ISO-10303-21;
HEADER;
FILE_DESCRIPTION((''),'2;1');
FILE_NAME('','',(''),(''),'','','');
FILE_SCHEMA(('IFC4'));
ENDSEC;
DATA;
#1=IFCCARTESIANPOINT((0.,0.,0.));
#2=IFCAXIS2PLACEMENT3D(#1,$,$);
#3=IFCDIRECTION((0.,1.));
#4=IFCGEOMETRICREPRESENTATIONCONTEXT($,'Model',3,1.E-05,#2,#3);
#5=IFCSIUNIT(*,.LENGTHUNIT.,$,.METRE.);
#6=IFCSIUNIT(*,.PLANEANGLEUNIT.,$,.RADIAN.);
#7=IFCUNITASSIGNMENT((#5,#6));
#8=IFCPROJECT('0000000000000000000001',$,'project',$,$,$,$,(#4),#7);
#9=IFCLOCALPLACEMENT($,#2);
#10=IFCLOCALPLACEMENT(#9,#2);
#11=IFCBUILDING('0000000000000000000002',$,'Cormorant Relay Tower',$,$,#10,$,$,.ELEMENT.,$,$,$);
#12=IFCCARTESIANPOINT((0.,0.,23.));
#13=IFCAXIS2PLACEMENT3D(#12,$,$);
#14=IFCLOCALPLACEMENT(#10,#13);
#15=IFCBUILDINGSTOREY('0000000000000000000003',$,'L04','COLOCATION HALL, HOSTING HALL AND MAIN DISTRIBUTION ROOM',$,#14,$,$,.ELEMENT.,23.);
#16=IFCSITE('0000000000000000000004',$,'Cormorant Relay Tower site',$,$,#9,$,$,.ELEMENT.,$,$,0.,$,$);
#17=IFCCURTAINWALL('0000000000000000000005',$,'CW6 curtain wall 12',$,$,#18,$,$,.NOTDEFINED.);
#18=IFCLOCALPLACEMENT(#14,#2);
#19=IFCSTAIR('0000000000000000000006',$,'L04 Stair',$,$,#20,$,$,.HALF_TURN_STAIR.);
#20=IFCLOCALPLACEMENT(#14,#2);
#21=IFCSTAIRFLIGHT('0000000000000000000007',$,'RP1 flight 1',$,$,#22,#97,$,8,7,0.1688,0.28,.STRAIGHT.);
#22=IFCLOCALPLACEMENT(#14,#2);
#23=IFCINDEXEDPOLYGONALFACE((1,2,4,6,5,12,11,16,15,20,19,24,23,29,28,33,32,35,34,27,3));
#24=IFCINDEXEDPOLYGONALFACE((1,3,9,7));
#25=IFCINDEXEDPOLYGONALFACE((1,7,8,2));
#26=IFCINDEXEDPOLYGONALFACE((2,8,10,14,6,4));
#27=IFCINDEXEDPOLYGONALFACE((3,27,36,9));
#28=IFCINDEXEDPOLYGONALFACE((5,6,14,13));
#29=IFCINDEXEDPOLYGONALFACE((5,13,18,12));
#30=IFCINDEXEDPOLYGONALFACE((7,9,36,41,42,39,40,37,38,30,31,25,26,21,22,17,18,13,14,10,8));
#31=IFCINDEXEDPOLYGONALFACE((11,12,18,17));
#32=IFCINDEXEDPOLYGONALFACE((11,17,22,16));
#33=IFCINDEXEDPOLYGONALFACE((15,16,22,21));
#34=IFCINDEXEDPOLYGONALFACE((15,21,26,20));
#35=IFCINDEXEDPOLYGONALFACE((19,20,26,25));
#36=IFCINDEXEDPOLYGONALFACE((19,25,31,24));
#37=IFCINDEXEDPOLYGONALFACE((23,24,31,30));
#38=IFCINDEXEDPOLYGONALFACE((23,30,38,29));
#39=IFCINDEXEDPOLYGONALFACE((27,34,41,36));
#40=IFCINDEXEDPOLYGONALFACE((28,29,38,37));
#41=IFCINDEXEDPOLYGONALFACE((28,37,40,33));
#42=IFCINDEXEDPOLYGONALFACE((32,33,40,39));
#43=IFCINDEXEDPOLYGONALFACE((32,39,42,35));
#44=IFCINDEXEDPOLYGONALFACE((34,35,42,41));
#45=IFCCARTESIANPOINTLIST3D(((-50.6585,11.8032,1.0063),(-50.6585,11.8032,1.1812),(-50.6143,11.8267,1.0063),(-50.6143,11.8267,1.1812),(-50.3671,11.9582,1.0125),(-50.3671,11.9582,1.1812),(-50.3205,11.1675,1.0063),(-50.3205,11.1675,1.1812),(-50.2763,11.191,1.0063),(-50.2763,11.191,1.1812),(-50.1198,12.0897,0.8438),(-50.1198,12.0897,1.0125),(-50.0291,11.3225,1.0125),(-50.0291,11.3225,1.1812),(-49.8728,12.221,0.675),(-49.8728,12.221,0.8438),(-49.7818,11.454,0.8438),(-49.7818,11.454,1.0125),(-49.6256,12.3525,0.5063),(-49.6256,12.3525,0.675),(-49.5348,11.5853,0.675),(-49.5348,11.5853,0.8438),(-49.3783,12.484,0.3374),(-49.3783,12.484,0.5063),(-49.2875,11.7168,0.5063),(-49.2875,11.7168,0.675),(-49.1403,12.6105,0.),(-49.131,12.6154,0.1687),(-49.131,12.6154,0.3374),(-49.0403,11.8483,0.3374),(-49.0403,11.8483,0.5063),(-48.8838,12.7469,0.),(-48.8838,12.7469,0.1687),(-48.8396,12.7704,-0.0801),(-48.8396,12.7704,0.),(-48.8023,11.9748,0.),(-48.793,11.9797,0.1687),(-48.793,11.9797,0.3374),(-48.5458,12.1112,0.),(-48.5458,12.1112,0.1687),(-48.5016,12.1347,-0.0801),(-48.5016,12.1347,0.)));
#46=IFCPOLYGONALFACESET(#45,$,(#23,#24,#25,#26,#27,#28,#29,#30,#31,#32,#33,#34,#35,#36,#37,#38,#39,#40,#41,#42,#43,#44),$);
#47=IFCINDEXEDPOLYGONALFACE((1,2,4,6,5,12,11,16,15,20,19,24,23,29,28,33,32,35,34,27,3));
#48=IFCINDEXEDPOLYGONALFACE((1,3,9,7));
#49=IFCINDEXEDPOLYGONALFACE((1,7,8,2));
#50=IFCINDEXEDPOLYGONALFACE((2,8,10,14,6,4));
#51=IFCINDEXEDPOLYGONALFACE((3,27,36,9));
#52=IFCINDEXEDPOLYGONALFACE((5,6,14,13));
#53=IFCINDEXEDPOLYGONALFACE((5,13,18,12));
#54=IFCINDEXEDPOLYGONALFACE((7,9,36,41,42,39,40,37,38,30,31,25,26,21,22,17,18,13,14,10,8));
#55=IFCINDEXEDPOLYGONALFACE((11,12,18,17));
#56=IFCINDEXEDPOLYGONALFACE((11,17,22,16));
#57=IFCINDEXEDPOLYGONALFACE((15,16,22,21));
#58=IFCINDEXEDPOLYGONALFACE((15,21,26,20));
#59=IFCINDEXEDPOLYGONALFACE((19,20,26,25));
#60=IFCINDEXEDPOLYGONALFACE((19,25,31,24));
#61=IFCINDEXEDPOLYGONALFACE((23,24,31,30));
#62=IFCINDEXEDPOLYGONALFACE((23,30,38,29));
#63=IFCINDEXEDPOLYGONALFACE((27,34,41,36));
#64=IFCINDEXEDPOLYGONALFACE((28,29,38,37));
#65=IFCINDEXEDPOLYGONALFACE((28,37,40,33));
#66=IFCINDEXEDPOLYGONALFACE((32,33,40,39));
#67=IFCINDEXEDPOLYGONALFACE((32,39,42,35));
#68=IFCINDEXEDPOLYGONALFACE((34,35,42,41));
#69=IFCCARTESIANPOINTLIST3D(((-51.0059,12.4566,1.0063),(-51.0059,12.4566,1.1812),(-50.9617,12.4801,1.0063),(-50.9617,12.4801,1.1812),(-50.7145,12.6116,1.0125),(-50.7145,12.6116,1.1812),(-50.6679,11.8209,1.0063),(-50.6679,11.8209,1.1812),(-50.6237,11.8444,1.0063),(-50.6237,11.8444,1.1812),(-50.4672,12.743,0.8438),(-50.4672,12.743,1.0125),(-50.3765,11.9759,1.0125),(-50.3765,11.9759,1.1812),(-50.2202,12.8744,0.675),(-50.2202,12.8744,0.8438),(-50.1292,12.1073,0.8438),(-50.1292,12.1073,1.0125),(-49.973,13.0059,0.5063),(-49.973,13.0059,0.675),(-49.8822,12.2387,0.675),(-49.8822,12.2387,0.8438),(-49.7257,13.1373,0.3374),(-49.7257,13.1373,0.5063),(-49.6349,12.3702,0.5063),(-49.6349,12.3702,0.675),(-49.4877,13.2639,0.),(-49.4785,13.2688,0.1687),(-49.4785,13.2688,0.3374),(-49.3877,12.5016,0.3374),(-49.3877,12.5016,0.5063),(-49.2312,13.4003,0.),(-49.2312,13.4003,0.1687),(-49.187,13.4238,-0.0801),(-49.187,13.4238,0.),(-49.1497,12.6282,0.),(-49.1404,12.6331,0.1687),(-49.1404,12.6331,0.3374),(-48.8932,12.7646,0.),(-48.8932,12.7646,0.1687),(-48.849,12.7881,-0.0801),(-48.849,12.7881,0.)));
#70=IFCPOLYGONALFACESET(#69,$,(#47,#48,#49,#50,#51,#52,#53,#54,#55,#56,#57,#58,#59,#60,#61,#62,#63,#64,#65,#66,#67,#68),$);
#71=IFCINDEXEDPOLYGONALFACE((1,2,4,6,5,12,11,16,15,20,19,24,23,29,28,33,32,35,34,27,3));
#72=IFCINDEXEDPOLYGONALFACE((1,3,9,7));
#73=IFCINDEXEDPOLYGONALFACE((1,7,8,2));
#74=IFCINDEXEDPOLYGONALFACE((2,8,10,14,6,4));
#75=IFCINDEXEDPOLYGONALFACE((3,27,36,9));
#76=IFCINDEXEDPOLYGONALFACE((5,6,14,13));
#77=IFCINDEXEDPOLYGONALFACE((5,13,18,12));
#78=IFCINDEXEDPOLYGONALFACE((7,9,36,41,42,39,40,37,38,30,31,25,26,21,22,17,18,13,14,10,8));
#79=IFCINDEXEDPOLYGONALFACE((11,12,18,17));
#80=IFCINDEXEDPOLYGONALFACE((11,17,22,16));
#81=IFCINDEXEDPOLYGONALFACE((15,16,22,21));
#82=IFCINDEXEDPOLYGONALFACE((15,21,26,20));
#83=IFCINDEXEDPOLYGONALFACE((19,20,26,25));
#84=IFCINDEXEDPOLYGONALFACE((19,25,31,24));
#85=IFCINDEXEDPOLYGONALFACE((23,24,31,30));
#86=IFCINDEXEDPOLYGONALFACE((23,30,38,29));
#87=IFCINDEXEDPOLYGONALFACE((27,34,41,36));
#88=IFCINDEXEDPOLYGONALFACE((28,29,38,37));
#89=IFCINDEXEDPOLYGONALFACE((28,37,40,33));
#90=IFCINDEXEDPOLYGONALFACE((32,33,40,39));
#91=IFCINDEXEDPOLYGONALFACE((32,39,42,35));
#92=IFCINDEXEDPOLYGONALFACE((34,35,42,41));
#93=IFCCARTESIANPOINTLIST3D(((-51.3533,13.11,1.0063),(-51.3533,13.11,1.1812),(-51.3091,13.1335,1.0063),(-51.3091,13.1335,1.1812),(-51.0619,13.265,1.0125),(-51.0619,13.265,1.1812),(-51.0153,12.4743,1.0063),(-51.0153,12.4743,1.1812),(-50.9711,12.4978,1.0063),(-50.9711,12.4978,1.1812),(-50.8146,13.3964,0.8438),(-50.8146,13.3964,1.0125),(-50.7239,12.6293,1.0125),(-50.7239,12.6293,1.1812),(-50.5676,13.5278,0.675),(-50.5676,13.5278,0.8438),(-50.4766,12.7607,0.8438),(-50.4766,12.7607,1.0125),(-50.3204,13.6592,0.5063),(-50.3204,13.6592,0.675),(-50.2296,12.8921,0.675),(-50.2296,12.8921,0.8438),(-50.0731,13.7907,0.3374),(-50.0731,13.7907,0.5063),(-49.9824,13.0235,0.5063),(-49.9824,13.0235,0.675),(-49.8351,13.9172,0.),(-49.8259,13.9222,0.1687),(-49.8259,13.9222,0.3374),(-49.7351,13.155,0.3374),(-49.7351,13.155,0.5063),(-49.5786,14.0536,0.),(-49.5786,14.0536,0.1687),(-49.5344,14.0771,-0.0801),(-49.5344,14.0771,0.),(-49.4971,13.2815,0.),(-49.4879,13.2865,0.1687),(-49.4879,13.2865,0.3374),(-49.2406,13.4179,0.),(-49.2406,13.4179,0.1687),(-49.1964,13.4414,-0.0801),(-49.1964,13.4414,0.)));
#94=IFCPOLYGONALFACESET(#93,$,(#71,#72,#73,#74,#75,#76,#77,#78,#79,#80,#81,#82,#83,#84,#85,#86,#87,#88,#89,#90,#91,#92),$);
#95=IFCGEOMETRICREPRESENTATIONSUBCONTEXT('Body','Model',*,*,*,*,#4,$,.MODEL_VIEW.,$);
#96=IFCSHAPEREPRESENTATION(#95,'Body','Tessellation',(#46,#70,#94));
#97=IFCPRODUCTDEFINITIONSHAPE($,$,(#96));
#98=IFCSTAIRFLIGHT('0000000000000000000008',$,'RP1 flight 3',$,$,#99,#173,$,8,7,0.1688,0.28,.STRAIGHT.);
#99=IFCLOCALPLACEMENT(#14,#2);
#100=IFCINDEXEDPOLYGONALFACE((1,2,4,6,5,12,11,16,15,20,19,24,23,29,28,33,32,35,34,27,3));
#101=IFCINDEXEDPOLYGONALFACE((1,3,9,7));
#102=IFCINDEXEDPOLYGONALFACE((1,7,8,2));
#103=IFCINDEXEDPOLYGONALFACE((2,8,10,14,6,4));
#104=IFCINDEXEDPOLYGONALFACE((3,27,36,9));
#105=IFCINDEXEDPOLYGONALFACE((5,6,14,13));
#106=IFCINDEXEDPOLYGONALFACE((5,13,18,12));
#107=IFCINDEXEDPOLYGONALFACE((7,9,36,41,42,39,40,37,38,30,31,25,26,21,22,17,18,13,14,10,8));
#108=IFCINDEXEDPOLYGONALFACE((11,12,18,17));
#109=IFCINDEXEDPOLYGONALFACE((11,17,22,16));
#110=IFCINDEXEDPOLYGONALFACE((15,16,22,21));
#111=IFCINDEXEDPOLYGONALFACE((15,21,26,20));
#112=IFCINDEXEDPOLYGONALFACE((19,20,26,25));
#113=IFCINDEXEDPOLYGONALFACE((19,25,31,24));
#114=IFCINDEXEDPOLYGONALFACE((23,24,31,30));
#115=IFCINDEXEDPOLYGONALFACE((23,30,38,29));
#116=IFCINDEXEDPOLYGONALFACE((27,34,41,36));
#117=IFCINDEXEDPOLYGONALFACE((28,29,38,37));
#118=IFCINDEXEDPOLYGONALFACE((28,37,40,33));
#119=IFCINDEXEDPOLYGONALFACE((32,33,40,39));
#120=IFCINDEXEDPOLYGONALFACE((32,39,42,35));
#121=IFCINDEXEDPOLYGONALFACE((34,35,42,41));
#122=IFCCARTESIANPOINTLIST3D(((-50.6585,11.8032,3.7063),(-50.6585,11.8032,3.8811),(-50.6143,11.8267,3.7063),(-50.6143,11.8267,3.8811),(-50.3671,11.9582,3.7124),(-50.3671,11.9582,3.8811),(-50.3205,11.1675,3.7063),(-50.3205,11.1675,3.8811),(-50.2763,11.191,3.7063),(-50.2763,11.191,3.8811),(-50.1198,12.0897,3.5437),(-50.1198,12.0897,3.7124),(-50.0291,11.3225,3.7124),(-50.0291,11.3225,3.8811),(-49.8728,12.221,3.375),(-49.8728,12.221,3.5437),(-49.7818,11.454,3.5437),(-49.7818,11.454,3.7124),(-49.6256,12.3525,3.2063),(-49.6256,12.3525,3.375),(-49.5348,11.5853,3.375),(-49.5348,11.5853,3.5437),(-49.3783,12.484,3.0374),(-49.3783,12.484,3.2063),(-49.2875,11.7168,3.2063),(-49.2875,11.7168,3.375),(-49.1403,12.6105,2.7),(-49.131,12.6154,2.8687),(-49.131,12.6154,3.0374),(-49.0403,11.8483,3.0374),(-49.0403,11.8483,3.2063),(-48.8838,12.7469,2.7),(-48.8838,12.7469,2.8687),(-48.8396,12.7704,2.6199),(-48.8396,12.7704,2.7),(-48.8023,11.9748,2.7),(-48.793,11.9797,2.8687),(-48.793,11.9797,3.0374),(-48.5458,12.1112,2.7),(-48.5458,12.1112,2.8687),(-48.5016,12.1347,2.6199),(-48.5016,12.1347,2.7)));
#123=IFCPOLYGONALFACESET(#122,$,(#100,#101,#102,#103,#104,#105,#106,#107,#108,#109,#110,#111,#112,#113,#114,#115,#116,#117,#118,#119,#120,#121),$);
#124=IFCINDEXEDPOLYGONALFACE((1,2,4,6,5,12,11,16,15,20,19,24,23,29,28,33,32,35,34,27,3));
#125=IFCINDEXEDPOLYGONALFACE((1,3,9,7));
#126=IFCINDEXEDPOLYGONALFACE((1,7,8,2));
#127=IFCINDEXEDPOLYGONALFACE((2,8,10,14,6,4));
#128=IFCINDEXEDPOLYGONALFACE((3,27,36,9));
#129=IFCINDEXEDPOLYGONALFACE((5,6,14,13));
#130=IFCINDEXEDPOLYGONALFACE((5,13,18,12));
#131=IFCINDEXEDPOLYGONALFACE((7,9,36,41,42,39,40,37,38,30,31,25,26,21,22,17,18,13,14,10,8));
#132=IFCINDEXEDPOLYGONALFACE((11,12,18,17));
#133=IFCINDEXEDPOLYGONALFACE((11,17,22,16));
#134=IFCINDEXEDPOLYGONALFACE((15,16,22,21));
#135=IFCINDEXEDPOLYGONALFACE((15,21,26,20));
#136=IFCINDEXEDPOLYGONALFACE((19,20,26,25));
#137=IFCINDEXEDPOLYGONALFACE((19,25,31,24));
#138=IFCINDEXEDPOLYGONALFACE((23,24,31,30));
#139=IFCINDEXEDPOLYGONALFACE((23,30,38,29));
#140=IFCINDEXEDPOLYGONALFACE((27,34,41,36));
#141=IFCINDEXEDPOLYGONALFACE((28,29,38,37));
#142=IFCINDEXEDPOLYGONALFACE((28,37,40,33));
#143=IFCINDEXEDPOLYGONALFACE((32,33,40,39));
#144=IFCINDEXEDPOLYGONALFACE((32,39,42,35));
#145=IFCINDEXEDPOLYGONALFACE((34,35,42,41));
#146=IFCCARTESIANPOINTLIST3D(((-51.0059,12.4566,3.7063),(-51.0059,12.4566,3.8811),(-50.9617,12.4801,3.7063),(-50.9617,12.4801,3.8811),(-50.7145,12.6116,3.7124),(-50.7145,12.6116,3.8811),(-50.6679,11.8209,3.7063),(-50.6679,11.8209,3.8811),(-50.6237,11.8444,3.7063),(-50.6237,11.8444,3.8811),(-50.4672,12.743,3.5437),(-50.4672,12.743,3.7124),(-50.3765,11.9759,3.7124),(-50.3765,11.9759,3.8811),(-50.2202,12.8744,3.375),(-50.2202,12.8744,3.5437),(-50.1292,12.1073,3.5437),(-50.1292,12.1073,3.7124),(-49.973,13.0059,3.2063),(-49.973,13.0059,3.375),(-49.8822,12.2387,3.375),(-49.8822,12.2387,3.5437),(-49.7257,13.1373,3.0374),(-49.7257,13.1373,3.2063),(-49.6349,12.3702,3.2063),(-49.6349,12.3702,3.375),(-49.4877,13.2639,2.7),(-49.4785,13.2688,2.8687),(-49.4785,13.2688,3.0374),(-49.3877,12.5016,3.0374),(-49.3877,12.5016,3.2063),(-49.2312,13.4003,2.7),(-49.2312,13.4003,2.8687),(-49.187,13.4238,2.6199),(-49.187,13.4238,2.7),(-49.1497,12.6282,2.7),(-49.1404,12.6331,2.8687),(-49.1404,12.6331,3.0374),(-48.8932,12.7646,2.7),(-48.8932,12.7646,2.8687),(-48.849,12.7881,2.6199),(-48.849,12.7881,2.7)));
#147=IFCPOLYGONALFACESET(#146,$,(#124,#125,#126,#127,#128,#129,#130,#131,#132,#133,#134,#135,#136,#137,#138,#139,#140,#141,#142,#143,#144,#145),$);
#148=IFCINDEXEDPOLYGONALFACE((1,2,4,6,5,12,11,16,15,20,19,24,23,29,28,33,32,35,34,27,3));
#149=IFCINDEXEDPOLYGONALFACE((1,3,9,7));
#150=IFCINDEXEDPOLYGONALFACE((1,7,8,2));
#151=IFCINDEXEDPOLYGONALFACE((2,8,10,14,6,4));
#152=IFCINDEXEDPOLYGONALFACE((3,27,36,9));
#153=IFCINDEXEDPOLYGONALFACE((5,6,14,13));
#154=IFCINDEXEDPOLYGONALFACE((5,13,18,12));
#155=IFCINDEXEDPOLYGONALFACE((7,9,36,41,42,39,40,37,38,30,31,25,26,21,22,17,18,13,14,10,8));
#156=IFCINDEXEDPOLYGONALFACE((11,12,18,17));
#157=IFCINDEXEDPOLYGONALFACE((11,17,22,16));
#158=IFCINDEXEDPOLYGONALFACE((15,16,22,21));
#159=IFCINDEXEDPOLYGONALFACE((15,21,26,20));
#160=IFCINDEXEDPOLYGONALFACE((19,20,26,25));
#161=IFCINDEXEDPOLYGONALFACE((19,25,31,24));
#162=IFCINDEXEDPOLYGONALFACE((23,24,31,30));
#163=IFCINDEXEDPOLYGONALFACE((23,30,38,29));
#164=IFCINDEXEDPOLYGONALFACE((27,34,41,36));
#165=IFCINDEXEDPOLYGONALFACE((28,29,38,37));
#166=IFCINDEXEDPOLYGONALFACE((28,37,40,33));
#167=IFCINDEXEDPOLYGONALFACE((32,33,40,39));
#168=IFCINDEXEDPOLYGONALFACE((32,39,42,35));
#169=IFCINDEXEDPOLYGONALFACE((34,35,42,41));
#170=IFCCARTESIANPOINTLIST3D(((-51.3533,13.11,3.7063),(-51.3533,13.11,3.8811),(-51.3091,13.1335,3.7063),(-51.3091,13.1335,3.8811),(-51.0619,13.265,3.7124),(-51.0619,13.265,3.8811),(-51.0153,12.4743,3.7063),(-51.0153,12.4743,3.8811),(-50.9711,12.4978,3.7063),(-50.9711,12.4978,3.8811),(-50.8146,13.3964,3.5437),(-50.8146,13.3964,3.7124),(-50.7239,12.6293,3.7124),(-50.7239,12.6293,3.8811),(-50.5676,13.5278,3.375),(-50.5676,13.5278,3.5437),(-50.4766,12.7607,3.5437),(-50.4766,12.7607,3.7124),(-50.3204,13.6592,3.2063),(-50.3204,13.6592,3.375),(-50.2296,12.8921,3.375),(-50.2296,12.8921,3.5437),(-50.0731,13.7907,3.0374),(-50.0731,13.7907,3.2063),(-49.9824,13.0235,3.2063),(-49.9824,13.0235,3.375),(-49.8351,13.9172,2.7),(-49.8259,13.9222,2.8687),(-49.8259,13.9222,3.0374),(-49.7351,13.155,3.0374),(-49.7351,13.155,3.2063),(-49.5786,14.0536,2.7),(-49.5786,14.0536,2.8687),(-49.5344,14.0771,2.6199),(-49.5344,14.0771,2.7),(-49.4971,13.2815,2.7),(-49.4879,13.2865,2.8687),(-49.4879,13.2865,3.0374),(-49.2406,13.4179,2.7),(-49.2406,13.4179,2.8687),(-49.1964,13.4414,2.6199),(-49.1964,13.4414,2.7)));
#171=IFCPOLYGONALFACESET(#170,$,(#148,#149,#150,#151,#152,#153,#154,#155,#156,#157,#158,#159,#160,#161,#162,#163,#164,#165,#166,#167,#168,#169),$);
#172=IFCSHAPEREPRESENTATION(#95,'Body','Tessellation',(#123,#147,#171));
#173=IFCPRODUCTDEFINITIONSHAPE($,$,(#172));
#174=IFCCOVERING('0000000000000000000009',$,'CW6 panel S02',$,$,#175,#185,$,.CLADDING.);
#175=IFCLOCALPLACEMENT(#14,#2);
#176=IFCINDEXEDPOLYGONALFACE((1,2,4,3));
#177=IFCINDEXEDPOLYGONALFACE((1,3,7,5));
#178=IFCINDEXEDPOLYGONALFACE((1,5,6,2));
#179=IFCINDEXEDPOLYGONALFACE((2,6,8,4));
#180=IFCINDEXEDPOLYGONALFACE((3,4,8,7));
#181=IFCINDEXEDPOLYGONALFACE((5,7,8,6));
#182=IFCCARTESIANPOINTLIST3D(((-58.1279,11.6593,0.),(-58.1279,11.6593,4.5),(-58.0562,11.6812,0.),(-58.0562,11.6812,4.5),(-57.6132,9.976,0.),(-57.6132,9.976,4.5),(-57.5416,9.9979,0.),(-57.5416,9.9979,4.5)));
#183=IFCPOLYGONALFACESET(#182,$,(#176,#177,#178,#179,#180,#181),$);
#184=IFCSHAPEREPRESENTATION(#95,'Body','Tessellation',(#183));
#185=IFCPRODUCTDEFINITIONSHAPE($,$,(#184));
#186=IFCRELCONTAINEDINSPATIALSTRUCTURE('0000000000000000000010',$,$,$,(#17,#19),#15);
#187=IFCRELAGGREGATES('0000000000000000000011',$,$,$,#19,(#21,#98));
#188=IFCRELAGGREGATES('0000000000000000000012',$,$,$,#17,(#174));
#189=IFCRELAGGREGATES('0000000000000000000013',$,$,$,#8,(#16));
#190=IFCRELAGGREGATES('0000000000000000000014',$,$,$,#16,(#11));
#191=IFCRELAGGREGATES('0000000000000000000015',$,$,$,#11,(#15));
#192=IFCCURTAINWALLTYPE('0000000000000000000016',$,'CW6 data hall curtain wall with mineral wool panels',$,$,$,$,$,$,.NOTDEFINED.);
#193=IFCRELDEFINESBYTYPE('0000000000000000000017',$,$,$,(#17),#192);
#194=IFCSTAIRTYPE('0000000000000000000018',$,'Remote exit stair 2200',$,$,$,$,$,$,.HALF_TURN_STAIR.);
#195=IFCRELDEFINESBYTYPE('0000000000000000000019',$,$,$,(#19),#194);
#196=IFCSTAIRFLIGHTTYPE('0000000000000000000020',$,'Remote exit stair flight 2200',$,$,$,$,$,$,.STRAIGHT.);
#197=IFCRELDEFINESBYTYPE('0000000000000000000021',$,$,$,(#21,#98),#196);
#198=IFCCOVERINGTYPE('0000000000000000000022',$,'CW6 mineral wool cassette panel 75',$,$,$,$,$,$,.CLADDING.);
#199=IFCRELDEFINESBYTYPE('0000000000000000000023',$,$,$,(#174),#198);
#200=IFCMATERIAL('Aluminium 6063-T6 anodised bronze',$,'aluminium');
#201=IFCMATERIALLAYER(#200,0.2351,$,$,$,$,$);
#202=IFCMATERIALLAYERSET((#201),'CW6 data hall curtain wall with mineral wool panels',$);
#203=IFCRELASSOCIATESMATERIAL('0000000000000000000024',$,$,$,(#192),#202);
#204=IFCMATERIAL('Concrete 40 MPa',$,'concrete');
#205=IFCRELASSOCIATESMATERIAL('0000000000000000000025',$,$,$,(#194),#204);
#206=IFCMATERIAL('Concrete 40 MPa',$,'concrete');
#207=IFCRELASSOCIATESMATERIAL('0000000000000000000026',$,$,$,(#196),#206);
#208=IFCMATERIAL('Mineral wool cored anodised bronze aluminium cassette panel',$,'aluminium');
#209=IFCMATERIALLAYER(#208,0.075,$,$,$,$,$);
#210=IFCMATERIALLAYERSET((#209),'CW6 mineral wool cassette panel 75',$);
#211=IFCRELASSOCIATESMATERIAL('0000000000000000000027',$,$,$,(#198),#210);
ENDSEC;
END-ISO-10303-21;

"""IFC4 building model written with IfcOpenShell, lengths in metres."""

from ifc_helpers import new_model, si_unit, direction, frame, origin, origin_2d, place, context, subcontext, project, spatial, polyline, rectangle, outline, extrude, material, layer, layer_set, type_object, element, aggregate, save


model = new_model("IFC4")

# Units and contexts
model_context = context("Model", 3, precision=1e-05, world=origin(), true_north=direction((0.0, 1.0)))
body_context = subcontext(model_context, "Body", "Model", "MODEL_VIEW")
ifc_project = project(units=[si_unit("LENGTHUNIT", "METRE"), si_unit("PLANEANGLEUNIT", "RADIAN")], contexts=[model_context])

# Site, building, storey
site_placement = place(None, origin())
site = spatial("IfcSite", under=ifc_project, at=site_placement, Name="Cormorant Relay Tower site", CompositionType="ELEMENT", RefElevation=0.0)
building_placement = place(site_placement, origin())
building = spatial("IfcBuilding", under=site, at=building_placement, Name="Cormorant Relay Tower", CompositionType="ELEMENT")
storey_placement = place(building_placement, frame((0.0, 0.0, 23.0)))
storey = spatial("IfcBuildingStorey", under=building, at=storey_placement, Name="L04", Description="COLOCATION HALL, HOSTING HALL AND MAIN DISTRIBUTION ROOM", CompositionType="ELEMENT", Elevation=23.0)

# Shared definitions
ifc_material_1 = material(Name="Aluminium 6063-T6 anodised bronze", Category="aluminium")
ifc_layer_1 = layer(ifc_material_1, 0.2351)
ifc_layer_set_1 = layer_set([ifc_layer_1], Name="CW6 data hall curtain wall with mineral wool panels")
curtain_wall_type = type_object("IfcCurtainWallType", Name="CW6 data hall curtain wall with mineral wool panels", PredefinedType="NOTDEFINED", material=ifc_layer_set_1)

# Curtain wall
curtain_wall_1_placement = place(storey_placement, origin())
curtain_wall_1 = element("IfcCurtainWall", 1, at=curtain_wall_1_placement, inside=storey, type_object=curtain_wall_type, Name="CW6 curtain wall 12", PredefinedType="NOTDEFINED")

# Stair, stair flights
ifc_material_2 = material(Name="Concrete 40 MPa", Category="concrete")
stair_type = type_object("IfcStairType", Name="Remote exit stair 2200", PredefinedType="HALF_TURN_STAIR", material=ifc_material_2)
stair_placement = place(storey_placement, origin())
stair = element("IfcStair", 2, at=stair_placement, inside=storey, type_object=stair_type, Name="L04 Stair", PredefinedType="HALF_TURN_STAIR")
ifc_material_3 = material(Name="Concrete 40 MPa", Category="concrete")
stair_flight_type = type_object("IfcStairFlightType", Name="Remote exit stair flight 2200", PredefinedType="STRAIGHT", material=ifc_material_3)
stair_flight_1_placement = place(storey_placement, frame((-49.0623, 13.0825, 0.0), z_axis=(0.0, 0.0, 1.0), x_axis=(-0.882948, -0.469472, 0.0)))
stair_flight_1 = element("IfcStairFlight", 3, at=stair_flight_1_placement, type_object=stair_flight_type, Name="RP1 flight 1", NumberOfRisers=8, NumberOfTreads=7, PredefinedType="STRAIGHT", RiserHeight=0.1688, TreadLength=0.28, context=body_context, shape_type="SweptSolid", body=[
    extrude(outline(polyline([(-0.05, -0.0801), (-0.05, 0.0), (0.0, 0.0), (0.0, 0.1687), (0.28, 0.1687), (0.28, 0.3374), (0.5601, 0.3374), (0.5601, 0.5063), (0.8401, 0.5063), (0.8401, 0.675), (1.1201, 0.675), (1.1201, 0.8438), (1.3999, 0.8438), (1.3999, 1.0125), (1.6799, 1.0125), (1.6799, 1.1812), (1.96, 1.1812), (2.01, 1.1812), (2.01, 1.0063), (1.96, 1.0063), (0.2905, 0.0), (-0.05, -0.0801)])), frame((0.0, 1.1001, 0.0), z_axis=(0.0, -1.0, 0.0), x_axis=(1.0, 0.0, 0.0)), (0.0, 0.0, 1.0), 0.72),
    extrude(outline(polyline([(-0.05, -0.0801), (-0.05, 0.0), (0.0, 0.0), (0.0, 0.1687), (0.28, 0.1687), (0.28, 0.3374), (0.5601, 0.3374), (0.5601, 0.5063), (0.8401, 0.5063), (0.8401, 0.675), (1.1201, 0.675), (1.1201, 0.8438), (1.3999, 0.8438), (1.3999, 1.0125), (1.6799, 1.0125), (1.6799, 1.1812), (1.96, 1.1812), (2.01, 1.1812), (2.01, 1.0063), (1.96, 1.0063), (0.2905, 0.0), (-0.05, -0.0801)])), frame((0.0, 0.3601, 0.0), z_axis=(0.0, -1.0, 0.0), x_axis=(1.0, 0.0, 0.0)), (0.0, 0.0, 1.0), 0.72),
    extrude(outline(polyline([(-0.05, -0.0801), (-0.05, 0.0), (0.0, 0.0), (0.0, 0.1687), (0.28, 0.1687), (0.28, 0.3374), (0.5601, 0.3374), (0.5601, 0.5063), (0.8401, 0.5063), (0.8401, 0.675), (1.1201, 0.675), (1.1201, 0.8438), (1.3999, 0.8438), (1.3999, 1.0125), (1.6799, 1.0125), (1.6799, 1.1812), (1.96, 1.1812), (2.01, 1.1812), (2.01, 1.0063), (1.96, 1.0063), (0.2905, 0.0), (-0.05, -0.0801)])), frame((0.0, -0.3799, 0.0), z_axis=(0.0, -1.0, 0.0), x_axis=(1.0, 0.0, 0.0)), (0.0, 0.0, 1.0), 0.72),
])
stair_flight_2_placement = place(storey_placement, frame((-49.0623, 13.0825, 2.7), z_axis=(0.0, 0.0, 1.0), x_axis=(-0.882948, -0.469472, 0.0)))
stair_flight_2 = element("IfcStairFlight", 4, at=stair_flight_2_placement, type_object=stair_flight_type, Name="RP1 flight 3", NumberOfRisers=8, NumberOfTreads=7, PredefinedType="STRAIGHT", RiserHeight=0.1688, TreadLength=0.28, context=body_context, shape_type="SweptSolid", body=[
    extrude(outline(polyline([(-0.05, -0.0801), (-0.05, 0.0), (0.0, 0.0), (0.0, 0.1687), (0.28, 0.1687), (0.28, 0.3374), (0.5601, 0.3374), (0.5601, 0.5063), (0.8401, 0.5063), (0.8401, 0.675), (1.1201, 0.675), (1.1201, 0.8438), (1.3999, 0.8438), (1.3999, 1.0125), (1.6799, 1.0125), (1.6799, 1.1812), (1.96, 1.1812), (2.01, 1.1812), (2.01, 1.0063), (1.96, 1.0063), (0.2905, 0.0), (-0.05, -0.0801)])), frame((0.0, 1.1001, 0.0), z_axis=(0.0, -1.0, 0.0), x_axis=(1.0, 0.0, 0.0)), (0.0, 0.0, 1.0), 0.72),
    extrude(outline(polyline([(-0.05, -0.0801), (-0.05, 0.0), (0.0, 0.0), (0.0, 0.1687), (0.28, 0.1687), (0.28, 0.3374), (0.5601, 0.3374), (0.5601, 0.5063), (0.8401, 0.5063), (0.8401, 0.675), (1.1201, 0.675), (1.1201, 0.8438), (1.3999, 0.8438), (1.3999, 1.0125), (1.6799, 1.0125), (1.6799, 1.1812), (1.96, 1.1812), (2.01, 1.1812), (2.01, 1.0063), (1.96, 1.0063), (0.2905, 0.0), (-0.05, -0.0801)])), frame((0.0, 0.3601, 0.0), z_axis=(0.0, -1.0, 0.0), x_axis=(1.0, 0.0, 0.0)), (0.0, 0.0, 1.0), 0.72),
    extrude(outline(polyline([(-0.05, -0.0801), (-0.05, 0.0), (0.0, 0.0), (0.0, 0.1687), (0.28, 0.1687), (0.28, 0.3374), (0.5601, 0.3374), (0.5601, 0.5063), (0.8401, 0.5063), (0.8401, 0.675), (1.1201, 0.675), (1.1201, 0.8438), (1.3999, 0.8438), (1.3999, 1.0125), (1.6799, 1.0125), (1.6799, 1.1812), (1.96, 1.1812), (2.01, 1.1812), (2.01, 1.0063), (1.96, 1.0063), (0.2905, 0.0), (-0.05, -0.0801)])), frame((0.0, -0.3799, 0.0), z_axis=(0.0, -1.0, 0.0), x_axis=(1.0, 0.0, 0.0)), (0.0, 0.0, 1.0), 0.72),
])
aggregate(stair, [stair_flight_1, stair_flight_2])

# Covering
ifc_material_4 = material(Name="Mineral wool cored anodised bronze aluminium cassette panel", Category="aluminium")
ifc_layer_2 = layer(ifc_material_4, 0.075)
ifc_layer_set_2 = layer_set([ifc_layer_2], Name="CW6 mineral wool cassette panel 75")
covering_type = type_object("IfcCoveringType", Name="CW6 mineral wool cassette panel 75", PredefinedType="CLADDING", material=ifc_layer_set_2)
covering_1_placement = place(storey_placement, frame((-57.8347, 10.8286, 0.0), z_axis=(0.0, 0.0, 1.0), x_axis=(0.292372, -0.956305, 0.0)))
covering_1 = element("IfcCovering", 5, at=covering_1_placement, type_object=covering_type, Name="CW6 panel S02", PredefinedType="CLADDING", context=body_context, shape_type="SweptSolid", body=[
    extrude(rectangle(XDim=1.7603, YDim=0.075, at=origin_2d()), origin(), (0.0, 0.0, 1.0), 4.5),
])
aggregate(curtain_wall_1, [covering_1])

save(model, "model.ifc")
